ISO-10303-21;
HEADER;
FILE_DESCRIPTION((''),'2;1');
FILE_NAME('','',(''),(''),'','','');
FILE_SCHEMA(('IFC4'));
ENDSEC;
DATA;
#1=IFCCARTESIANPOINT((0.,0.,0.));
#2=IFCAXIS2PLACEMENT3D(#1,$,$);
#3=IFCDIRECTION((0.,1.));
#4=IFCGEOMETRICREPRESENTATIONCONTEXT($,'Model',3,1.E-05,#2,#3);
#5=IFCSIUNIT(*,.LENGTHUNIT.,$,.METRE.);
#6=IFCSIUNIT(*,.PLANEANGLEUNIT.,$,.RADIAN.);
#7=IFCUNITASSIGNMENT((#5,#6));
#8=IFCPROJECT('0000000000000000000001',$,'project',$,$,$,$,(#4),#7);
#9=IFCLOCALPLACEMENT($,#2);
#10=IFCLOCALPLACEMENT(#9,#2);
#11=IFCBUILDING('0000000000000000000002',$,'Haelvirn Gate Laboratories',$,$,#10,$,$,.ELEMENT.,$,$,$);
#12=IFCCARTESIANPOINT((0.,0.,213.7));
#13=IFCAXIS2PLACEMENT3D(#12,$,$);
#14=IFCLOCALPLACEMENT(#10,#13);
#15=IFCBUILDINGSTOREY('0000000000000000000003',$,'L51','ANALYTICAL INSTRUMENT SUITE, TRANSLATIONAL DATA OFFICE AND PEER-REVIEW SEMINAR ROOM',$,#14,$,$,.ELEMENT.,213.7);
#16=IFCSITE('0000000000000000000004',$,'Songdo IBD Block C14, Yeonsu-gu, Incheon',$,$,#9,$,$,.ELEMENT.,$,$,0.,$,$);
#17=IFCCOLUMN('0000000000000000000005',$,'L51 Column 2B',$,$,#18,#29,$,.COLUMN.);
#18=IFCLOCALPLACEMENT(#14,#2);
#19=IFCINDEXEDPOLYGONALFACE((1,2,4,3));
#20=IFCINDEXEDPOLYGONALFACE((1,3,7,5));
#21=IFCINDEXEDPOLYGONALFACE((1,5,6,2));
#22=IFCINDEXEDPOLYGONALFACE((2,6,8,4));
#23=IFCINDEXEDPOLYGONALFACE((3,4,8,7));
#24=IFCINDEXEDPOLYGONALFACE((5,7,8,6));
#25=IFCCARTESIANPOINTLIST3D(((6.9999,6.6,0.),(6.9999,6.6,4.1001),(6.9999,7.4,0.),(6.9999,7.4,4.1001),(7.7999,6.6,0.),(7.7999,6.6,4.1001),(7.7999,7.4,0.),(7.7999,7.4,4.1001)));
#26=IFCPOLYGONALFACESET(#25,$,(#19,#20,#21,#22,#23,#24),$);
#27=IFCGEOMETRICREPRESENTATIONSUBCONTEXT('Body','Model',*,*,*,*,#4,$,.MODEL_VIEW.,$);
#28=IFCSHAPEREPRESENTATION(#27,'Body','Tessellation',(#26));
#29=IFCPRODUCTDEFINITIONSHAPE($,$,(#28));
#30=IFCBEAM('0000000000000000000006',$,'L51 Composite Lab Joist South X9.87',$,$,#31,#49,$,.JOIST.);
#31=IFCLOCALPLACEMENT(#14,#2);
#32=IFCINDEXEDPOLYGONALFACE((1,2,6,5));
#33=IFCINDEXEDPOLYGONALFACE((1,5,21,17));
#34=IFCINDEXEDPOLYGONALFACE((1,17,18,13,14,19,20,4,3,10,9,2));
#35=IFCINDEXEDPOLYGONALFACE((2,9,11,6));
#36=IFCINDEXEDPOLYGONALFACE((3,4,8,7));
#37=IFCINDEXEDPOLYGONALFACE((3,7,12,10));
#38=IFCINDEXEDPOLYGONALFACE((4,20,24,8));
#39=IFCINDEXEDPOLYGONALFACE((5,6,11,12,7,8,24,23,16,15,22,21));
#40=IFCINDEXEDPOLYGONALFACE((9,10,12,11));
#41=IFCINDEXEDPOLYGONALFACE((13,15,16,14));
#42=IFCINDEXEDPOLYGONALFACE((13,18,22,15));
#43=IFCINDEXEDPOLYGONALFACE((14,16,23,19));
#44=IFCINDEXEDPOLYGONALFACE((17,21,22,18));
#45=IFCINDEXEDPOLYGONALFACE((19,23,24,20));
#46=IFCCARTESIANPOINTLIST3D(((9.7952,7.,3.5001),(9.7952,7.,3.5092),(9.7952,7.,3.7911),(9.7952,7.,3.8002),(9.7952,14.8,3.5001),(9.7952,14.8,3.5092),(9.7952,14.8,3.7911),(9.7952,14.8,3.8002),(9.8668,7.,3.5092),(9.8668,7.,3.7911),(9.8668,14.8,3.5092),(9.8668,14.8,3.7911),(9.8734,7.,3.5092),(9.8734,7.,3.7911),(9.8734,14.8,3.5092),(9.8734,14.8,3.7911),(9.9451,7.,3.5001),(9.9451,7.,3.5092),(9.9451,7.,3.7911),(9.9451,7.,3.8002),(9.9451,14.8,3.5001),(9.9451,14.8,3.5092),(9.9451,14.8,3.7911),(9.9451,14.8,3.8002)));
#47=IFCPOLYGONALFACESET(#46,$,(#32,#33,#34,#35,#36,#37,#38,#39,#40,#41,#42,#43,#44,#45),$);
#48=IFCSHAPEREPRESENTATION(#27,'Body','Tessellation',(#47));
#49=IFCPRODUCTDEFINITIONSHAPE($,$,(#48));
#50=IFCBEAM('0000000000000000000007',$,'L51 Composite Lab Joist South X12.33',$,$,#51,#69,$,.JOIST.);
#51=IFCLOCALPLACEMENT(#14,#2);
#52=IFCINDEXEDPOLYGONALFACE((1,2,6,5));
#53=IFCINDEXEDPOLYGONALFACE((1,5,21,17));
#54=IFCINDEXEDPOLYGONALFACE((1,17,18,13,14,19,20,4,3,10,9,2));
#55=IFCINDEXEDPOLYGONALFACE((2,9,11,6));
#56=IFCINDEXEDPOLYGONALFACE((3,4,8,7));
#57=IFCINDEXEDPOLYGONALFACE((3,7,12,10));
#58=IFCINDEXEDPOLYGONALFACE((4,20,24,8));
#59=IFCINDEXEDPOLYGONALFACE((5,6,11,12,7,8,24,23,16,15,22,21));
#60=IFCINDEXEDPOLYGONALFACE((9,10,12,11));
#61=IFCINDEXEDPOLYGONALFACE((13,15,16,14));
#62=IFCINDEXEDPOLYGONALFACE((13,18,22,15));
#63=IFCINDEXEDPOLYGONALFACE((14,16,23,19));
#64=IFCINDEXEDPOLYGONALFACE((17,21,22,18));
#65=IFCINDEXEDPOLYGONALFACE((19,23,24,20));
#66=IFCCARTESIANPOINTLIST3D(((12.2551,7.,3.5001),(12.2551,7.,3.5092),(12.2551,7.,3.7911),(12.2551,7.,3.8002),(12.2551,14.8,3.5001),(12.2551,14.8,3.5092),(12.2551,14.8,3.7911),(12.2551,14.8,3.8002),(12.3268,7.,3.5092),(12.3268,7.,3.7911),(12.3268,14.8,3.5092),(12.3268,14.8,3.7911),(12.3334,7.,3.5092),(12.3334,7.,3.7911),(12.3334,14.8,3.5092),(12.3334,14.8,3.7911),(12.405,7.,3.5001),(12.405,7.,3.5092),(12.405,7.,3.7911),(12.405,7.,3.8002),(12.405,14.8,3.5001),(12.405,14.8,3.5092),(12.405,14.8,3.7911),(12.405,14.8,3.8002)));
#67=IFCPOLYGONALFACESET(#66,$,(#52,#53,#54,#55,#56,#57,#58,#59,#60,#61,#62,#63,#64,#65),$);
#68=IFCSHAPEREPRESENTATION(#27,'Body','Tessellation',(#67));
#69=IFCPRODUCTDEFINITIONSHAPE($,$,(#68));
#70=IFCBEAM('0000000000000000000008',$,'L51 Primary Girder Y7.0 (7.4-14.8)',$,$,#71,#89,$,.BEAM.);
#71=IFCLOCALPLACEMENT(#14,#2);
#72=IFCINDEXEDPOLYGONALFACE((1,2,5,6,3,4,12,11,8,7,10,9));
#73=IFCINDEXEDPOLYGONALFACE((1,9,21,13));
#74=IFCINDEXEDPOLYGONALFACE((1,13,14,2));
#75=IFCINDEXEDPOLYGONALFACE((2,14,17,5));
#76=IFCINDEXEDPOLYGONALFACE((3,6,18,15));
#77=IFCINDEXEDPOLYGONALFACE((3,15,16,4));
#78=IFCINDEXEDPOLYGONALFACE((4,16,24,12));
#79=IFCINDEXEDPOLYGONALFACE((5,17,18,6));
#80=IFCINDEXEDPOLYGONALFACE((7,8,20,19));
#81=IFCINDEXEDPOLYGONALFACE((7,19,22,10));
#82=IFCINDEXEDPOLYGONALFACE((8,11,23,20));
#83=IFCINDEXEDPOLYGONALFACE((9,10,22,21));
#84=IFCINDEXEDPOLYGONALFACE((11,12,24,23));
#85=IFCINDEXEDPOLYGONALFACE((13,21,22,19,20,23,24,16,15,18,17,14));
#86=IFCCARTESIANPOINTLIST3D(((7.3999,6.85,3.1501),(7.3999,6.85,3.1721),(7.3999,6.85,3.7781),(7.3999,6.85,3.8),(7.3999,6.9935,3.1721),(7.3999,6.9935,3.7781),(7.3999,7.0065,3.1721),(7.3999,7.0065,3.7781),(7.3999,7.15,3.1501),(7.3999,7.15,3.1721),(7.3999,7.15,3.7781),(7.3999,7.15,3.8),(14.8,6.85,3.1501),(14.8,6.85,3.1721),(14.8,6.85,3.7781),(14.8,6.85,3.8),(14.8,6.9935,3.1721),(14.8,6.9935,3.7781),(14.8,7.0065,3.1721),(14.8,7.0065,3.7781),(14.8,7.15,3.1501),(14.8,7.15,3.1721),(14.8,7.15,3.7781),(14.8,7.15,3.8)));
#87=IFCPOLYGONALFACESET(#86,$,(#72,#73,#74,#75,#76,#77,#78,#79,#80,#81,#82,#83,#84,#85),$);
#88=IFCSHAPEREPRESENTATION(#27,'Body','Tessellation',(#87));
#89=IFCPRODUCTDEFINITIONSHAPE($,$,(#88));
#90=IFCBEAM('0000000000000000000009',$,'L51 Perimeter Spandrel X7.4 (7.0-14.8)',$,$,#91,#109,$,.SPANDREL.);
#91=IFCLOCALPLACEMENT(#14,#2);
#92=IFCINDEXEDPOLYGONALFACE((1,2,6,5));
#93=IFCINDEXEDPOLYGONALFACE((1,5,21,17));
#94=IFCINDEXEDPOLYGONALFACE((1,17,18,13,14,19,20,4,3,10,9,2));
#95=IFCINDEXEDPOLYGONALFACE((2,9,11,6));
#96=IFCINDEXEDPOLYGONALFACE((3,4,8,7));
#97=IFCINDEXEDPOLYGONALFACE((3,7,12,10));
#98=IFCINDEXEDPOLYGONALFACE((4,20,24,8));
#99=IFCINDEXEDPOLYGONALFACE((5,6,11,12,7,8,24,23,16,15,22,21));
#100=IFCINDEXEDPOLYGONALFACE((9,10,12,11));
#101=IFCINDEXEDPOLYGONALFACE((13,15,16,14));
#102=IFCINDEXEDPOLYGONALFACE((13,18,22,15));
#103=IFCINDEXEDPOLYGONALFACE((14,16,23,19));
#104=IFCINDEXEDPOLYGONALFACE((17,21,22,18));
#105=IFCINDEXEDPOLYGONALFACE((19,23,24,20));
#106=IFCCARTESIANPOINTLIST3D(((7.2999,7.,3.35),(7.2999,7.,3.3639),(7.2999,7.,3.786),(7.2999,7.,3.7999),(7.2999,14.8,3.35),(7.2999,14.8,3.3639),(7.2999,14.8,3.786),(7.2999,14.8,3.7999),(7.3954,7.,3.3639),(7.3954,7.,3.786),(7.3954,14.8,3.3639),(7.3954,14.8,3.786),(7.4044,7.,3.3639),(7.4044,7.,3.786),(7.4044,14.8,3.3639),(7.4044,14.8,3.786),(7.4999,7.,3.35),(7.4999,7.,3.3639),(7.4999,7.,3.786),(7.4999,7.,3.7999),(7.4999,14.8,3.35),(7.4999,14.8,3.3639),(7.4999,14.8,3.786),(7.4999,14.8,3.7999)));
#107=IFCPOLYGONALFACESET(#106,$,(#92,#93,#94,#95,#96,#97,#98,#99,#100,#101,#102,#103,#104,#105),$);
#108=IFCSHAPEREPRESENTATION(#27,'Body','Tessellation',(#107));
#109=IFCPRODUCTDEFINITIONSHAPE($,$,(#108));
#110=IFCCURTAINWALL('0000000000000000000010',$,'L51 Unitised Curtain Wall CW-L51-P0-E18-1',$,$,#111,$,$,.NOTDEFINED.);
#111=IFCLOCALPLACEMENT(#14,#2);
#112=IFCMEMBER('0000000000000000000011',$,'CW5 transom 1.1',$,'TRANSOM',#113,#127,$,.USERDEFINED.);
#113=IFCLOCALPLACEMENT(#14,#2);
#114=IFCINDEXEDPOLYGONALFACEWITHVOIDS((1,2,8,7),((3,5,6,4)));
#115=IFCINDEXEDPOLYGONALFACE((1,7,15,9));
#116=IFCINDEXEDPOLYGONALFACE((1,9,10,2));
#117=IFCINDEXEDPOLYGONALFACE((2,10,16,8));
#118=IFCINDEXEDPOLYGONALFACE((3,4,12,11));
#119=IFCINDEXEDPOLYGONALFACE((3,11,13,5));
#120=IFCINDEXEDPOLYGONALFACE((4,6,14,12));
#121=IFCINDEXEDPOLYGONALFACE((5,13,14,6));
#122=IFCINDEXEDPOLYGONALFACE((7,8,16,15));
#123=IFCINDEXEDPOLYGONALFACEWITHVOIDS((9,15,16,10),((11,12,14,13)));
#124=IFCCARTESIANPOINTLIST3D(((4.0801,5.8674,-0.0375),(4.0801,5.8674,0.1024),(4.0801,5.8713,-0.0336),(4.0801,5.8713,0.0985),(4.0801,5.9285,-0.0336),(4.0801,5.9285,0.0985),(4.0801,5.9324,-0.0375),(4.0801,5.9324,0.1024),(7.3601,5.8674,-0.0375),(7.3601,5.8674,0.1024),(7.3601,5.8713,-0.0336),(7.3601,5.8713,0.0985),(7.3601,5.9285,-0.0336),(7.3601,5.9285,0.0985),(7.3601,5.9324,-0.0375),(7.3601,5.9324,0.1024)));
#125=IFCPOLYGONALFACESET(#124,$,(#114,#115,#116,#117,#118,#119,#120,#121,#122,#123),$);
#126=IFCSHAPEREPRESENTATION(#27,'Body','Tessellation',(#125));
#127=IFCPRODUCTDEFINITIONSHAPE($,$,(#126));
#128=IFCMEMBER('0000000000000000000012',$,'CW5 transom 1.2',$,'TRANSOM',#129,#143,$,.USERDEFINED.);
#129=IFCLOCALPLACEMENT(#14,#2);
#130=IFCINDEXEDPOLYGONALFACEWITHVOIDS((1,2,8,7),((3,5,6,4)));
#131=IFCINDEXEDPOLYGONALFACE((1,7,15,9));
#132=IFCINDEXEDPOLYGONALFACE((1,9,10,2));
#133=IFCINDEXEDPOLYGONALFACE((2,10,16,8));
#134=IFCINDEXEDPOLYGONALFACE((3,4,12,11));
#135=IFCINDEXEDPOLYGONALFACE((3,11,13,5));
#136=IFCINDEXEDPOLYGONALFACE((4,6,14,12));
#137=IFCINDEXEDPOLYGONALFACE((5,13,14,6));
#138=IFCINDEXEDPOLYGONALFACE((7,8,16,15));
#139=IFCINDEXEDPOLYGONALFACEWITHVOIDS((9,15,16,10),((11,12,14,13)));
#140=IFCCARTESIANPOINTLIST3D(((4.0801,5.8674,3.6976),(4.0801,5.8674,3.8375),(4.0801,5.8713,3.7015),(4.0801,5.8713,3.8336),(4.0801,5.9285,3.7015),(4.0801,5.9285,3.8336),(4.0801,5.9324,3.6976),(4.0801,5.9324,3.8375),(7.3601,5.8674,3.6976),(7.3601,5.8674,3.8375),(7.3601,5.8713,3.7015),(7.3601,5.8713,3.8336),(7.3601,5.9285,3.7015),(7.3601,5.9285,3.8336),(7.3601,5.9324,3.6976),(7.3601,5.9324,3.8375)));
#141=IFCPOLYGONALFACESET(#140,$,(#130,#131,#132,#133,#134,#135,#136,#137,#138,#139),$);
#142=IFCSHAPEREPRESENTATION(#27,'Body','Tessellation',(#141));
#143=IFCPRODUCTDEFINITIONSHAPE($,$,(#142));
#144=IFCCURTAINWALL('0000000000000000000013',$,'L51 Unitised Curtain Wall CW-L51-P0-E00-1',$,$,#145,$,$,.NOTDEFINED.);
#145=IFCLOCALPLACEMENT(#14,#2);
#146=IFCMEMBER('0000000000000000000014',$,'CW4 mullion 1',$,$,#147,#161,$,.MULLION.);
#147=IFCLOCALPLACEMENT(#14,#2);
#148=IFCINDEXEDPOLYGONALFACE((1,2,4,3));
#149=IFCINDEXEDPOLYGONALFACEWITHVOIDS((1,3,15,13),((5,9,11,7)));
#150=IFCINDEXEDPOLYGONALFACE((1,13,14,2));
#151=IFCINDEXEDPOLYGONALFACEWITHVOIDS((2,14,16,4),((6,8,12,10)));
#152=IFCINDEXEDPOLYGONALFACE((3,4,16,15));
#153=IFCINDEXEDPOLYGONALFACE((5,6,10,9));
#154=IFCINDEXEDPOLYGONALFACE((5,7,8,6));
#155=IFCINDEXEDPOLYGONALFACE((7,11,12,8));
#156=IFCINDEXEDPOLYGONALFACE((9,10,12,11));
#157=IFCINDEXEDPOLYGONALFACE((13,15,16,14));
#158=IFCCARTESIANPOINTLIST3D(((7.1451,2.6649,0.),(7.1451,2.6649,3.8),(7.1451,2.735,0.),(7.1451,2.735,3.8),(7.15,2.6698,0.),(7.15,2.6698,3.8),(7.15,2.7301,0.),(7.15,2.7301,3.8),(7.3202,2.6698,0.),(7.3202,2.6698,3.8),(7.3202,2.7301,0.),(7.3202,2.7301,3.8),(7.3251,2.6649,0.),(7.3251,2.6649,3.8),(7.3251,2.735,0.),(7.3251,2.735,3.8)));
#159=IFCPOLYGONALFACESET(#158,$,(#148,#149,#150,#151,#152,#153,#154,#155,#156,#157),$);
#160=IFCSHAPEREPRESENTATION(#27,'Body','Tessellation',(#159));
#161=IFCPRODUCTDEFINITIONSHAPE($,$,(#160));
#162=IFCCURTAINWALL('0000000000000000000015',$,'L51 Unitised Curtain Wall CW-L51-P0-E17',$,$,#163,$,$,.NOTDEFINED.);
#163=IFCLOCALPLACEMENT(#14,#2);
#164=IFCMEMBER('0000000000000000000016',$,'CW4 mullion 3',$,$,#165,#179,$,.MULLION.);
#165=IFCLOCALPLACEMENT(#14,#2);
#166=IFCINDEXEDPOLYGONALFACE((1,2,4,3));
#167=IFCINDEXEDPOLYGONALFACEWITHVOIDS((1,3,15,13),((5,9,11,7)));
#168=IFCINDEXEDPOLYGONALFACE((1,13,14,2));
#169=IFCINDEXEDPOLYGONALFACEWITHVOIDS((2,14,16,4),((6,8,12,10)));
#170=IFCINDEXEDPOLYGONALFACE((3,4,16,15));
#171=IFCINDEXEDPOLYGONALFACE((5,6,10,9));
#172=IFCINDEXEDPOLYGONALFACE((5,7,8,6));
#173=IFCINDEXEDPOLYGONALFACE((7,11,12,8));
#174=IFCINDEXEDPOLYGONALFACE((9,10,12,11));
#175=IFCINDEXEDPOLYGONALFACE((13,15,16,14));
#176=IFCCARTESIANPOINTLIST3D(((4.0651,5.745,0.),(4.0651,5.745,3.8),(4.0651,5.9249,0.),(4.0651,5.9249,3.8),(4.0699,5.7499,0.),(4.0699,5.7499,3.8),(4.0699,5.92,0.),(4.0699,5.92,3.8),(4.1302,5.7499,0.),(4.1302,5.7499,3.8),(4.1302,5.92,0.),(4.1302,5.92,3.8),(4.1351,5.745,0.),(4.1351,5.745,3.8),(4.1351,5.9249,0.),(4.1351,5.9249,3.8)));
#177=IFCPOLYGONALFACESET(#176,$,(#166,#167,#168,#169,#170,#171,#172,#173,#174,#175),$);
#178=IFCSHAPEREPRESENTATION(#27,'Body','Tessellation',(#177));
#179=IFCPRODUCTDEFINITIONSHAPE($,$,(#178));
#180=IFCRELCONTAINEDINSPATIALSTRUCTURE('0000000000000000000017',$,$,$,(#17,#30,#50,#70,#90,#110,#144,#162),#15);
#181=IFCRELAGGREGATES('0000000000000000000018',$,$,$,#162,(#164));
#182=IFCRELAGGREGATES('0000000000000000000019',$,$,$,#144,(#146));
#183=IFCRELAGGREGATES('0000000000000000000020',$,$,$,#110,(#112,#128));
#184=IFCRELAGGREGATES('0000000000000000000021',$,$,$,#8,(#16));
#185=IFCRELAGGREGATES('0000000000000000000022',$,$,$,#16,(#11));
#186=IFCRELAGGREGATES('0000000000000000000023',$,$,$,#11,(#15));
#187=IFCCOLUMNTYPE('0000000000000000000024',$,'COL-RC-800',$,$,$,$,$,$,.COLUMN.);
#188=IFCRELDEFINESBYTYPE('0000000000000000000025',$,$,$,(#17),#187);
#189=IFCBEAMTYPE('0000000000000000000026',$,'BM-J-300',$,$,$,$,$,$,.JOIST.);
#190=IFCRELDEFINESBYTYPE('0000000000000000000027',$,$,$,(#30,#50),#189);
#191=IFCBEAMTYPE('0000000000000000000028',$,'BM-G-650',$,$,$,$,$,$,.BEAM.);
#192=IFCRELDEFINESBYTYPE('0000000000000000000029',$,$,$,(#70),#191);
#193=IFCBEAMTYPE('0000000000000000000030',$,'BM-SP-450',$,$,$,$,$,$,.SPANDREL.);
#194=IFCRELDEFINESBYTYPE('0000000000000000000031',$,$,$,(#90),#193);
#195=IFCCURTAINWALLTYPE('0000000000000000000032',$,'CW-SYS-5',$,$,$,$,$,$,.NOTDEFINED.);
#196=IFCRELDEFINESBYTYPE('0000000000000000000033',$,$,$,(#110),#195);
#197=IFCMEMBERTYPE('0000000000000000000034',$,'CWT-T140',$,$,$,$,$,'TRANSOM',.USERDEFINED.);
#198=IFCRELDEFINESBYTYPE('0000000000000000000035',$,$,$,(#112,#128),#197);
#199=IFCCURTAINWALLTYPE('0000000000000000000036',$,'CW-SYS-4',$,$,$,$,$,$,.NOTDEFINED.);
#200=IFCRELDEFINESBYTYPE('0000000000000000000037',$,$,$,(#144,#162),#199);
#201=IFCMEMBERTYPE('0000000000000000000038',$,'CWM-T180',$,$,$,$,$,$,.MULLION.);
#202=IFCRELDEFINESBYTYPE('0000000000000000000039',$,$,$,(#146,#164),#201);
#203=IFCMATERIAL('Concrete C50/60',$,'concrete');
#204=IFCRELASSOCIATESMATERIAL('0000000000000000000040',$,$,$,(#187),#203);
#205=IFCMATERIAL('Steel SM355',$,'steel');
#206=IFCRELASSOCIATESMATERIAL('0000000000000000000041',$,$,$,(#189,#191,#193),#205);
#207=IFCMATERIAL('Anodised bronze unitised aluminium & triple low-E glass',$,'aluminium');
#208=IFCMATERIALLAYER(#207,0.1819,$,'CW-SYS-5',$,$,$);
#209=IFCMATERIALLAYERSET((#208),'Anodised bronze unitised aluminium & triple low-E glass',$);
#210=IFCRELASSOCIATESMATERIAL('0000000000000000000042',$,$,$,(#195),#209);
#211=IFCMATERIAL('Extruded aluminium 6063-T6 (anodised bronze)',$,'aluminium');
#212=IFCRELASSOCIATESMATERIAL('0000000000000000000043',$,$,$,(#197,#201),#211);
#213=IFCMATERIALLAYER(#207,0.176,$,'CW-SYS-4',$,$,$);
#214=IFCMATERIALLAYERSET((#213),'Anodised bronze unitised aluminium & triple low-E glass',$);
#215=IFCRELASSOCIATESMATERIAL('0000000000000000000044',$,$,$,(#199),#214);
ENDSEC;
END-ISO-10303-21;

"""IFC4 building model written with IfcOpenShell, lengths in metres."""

from ifc_helpers import new_model, si_unit, direction, frame, origin, origin_2d, place, context, subcontext, project, spatial, rectangle, hollow_rectangle, i_section, extrude, source, transform, mapped, material, layer, layer_set, material_profile, profile_set, type_object, type_shapes, element, aggregate, save


model = new_model("IFC4")

# Units and contexts
model_context = context("Model", 3, precision=1e-05, world=origin(), true_north=direction((0.0, 1.0)))
body_context = subcontext(model_context, "Body", "Model", "MODEL_VIEW")
ifc_project = project(units=[si_unit("LENGTHUNIT", "METRE"), si_unit("PLANEANGLEUNIT", "RADIAN")], contexts=[model_context])

# Site, building, storey
site_placement = place(None, origin())
site = spatial("IfcSite", under=ifc_project, at=site_placement, Name="Songdo IBD Block C14, Yeonsu-gu, Incheon", CompositionType="ELEMENT", RefElevation=0.0)
building_placement = place(site_placement, origin())
building = spatial("IfcBuilding", under=site, at=building_placement, Name="Haelvirn Gate Laboratories", CompositionType="ELEMENT")
storey_placement = place(building_placement, frame((0.0, 0.0, 213.7)))
storey = spatial("IfcBuildingStorey", under=building, at=storey_placement, Name="L51", Description="ANALYTICAL INSTRUMENT SUITE, TRANSLATIONAL DATA OFFICE AND PEER-REVIEW SEMINAR ROOM", CompositionType="ELEMENT", Elevation=213.7)

# Column
ifc_material_1 = material(Name="Concrete C50/60", Category="concrete")
ifc_material_profile_1 = material_profile(ifc_material_1, rectangle(XDim=0.8, YDim=0.8, at=origin_2d()), Name="RC-800x800")
ifc_profile_set_1 = profile_set([ifc_material_profile_1], Name="Concrete C50/60")
column_type = type_object("IfcColumnType", Name="COL-RC-800", PredefinedType="COLUMN", material=ifc_profile_set_1)
shared_shape_1 = source(origin(), body_context, "Body", "SweptSolid", [
    extrude(rectangle(XDim=0.8, YDim=0.8, at=origin_2d()), origin(), (0.0, 0.0, 1.0), 4.1001),
])
type_shapes(column_type, [shared_shape_1])
column_placement = place(storey_placement, frame((7.3999, 7.0, 0.0), z_axis=(0.0, 0.0, 1.0), x_axis=(1.0, 0.0, 0.0)))
element("IfcColumn", 1, at=column_placement, inside=storey, type_object=column_type, Name="L51 Column 2B", PredefinedType="COLUMN", context=body_context, shape_type="MappedRepresentation", body=[
    mapped(shared_shape_1, transform((0.0, 0.0, 0.0), scale=1.0)),
])

# Beams
ifc_material_2 = material(Name="Steel SM355", Category="steel")
ifc_material_profile_2 = material_profile(ifc_material_2, i_section(OverallWidth=0.1499, OverallDepth=0.3, WebThickness=0.0066, FlangeThickness=0.009, at=origin_2d()), Name="H-300x150x6.5x9")
ifc_profile_set_2 = profile_set([ifc_material_profile_2], Name="Steel SM355")
beam_type_1 = type_object("IfcBeamType", Name="BM-J-300", PredefinedType="JOIST", material=ifc_profile_set_2)
shared_shape_2 = source(origin(), body_context, "Body", "SweptSolid", [
    extrude(i_section(OverallWidth=0.1499, OverallDepth=0.3, WebThickness=0.0066, FlangeThickness=0.009, at=origin_2d()), origin(), (0.0, 0.0, 1.0), 7.8),
])
type_shapes(beam_type_1, [shared_shape_2])
for number, where, z_axis, x_axis, name in (
    (2, (9.8701, 7.0, 3.6501), (0.0, 1.0, 0.0), (-1.0, 0.0, 0.0), "L51 Composite Lab Joist South X9.87"),
    (3, (12.3301, 7.0, 3.6501), (0.0, 1.0, 0.0), (-1.0, 0.0, 0.0), "L51 Composite Lab Joist South X12.33"),
):
    element("IfcBeam", number, at=place(storey_placement, frame(where, z_axis=z_axis, x_axis=x_axis)), inside=storey, type_object=beam_type_1, Name=name, PredefinedType="JOIST", context=body_context, shape_type="MappedRepresentation", body=[
        mapped(shared_shape_2, transform((0.0, 0.0, 0.0), scale=1.0)),
    ])
ifc_material_profile_3 = material_profile(ifc_material_2, i_section(OverallWidth=0.3, OverallDepth=0.6499, WebThickness=0.0129, FlangeThickness=0.022, at=origin_2d()), Name="H-650x300x13x22")
ifc_profile_set_3 = profile_set([ifc_material_profile_3], Name="Steel SM355")
beam_type_2 = type_object("IfcBeamType", Name="BM-G-650", PredefinedType="BEAM", material=ifc_profile_set_3)
shared_shape_3 = source(origin(), body_context, "Body", "SweptSolid", [
    extrude(i_section(OverallWidth=0.3, OverallDepth=0.6499, WebThickness=0.0129, FlangeThickness=0.022, at=origin_2d()), origin(), (0.0, 0.0, 1.0), 7.4001),
])
type_shapes(beam_type_2, [shared_shape_3])
beam_1_placement = place(storey_placement, frame((7.3999, 7.0, 3.4751), z_axis=(1.0, 0.0, 0.0), x_axis=(0.0, 1.0, 0.0)))
element("IfcBeam", 4, at=beam_1_placement, inside=storey, type_object=beam_type_2, Name="L51 Primary Girder Y7.0 (7.4-14.8)", PredefinedType="BEAM", context=body_context, shape_type="MappedRepresentation", body=[
    mapped(shared_shape_3, transform((0.0, 0.0, 0.0), scale=1.0)),
])
ifc_material_profile_4 = material_profile(ifc_material_2, i_section(OverallWidth=0.2, OverallDepth=0.45, WebThickness=0.009, FlangeThickness=0.0139, at=origin_2d()), Name="H-450x200x9x14")
ifc_profile_set_4 = profile_set([ifc_material_profile_4], Name="Steel SM355")
beam_type_3 = type_object("IfcBeamType", Name="BM-SP-450", PredefinedType="SPANDREL", material=ifc_profile_set_4)
shared_shape_4 = source(origin(), body_context, "Body", "SweptSolid", [
    extrude(i_section(OverallWidth=0.2, OverallDepth=0.45, WebThickness=0.009, FlangeThickness=0.0139, at=origin_2d()), origin(), (0.0, 0.0, 1.0), 7.8),
])
type_shapes(beam_type_3, [shared_shape_4])
beam_2_placement = place(storey_placement, frame((7.3999, 7.0, 3.575), z_axis=(0.0, 1.0, 0.0), x_axis=(-1.0, 0.0, 0.0)))
element("IfcBeam", 5, at=beam_2_placement, inside=storey, type_object=beam_type_3, Name="L51 Perimeter Spandrel X7.4 (7.0-14.8)", PredefinedType="SPANDREL", context=body_context, shape_type="MappedRepresentation", body=[
    mapped(shared_shape_4, transform((0.0, 0.0, 0.0), scale=1.0)),
])

# Curtain wall, members
ifc_material_3 = material(Name="Anodised bronze unitised aluminium & triple low-E glass", Category="aluminium")
ifc_layer_1 = layer(ifc_material_3, 0.1819, Name="CW-SYS-5")
ifc_layer_set_1 = layer_set([ifc_layer_1], Name="Anodised bronze unitised aluminium & triple low-E glass")
curtain_wall_type_1 = type_object("IfcCurtainWallType", Name="CW-SYS-5", PredefinedType="NOTDEFINED", material=ifc_layer_set_1)
curtain_wall_1_placement = place(storey_placement, origin())
curtain_wall_1 = element("IfcCurtainWall", 6, at=curtain_wall_1_placement, inside=storey, type_object=curtain_wall_type_1, Name="L51 Unitised Curtain Wall CW-L51-P0-E18-1", PredefinedType="NOTDEFINED")
ifc_material_4 = material(Name="Extruded aluminium 6063-T6 (anodised bronze)", Category="aluminium")
ifc_material_profile_5 = material_profile(ifc_material_4, hollow_rectangle(XDim=0.0649, YDim=0.1399, WallThickness=0.0039, at=origin_2d()), Name="CWT-140x65x4")
ifc_profile_set_5 = profile_set([ifc_material_profile_5], Name="Extruded aluminium 6063-T6 (anodised bronze)")
member_type_1 = type_object("IfcMemberType", Name="CWT-T140", ElementType="TRANSOM", PredefinedType="USERDEFINED", material=ifc_profile_set_5)
shared_shape_5 = source(origin(), body_context, "Body", "SweptSolid", [
    extrude(hollow_rectangle(XDim=0.0649, YDim=0.1399, WallThickness=0.0039, at=origin_2d()), origin(), (0.0, 0.0, 1.0), 3.28),
])
member_1_placement = place(storey_placement, frame((4.0801, 5.8999, 0.0325), z_axis=(1.0, 0.0, 0.0), x_axis=(0.0, 1.0, 0.0)))
member_1 = element("IfcMember", 7, at=member_1_placement, type_object=member_type_1, Name="CW5 transom 1.1", ObjectType="TRANSOM", PredefinedType="USERDEFINED", context=body_context, shape_type="MappedRepresentation", body=[
    mapped(shared_shape_5, transform((0.0, 0.0, 0.0), scale=1.0)),
])
member_2_placement = place(storey_placement, frame((4.0801, 5.8999, 3.7676), z_axis=(1.0, 0.0, 0.0), x_axis=(0.0, 1.0, 0.0)))
member_2 = element("IfcMember", 8, at=member_2_placement, type_object=member_type_1, Name="CW5 transom 1.2", ObjectType="TRANSOM", PredefinedType="USERDEFINED", context=body_context, shape_type="MappedRepresentation", body=[
    mapped(shared_shape_5, transform((0.0, 0.0, 0.0), scale=1.0)),
])

# Curtain walls, members
ifc_layer_2 = layer(ifc_material_3, 0.176, Name="CW-SYS-4")
ifc_layer_set_2 = layer_set([ifc_layer_2], Name="Anodised bronze unitised aluminium & triple low-E glass")
curtain_wall_type_2 = type_object("IfcCurtainWallType", Name="CW-SYS-4", PredefinedType="NOTDEFINED", material=ifc_layer_set_2)
curtain_wall_2_placement = place(storey_placement, origin())
curtain_wall_2 = element("IfcCurtainWall", 9, at=curtain_wall_2_placement, inside=storey, type_object=curtain_wall_type_2, Name="L51 Unitised Curtain Wall CW-L51-P0-E00-1", PredefinedType="NOTDEFINED")
ifc_material_profile_6 = material_profile(ifc_material_4, hollow_rectangle(XDim=0.0701, YDim=0.1799, WallThickness=0.0049, at=origin_2d()), Name="CWM-180x70x5")
ifc_profile_set_6 = profile_set([ifc_material_profile_6], Name="Extruded aluminium 6063-T6 (anodised bronze)")
member_type_2 = type_object("IfcMemberType", Name="CWM-T180", PredefinedType="MULLION", material=ifc_profile_set_6)
shared_shape_6 = source(origin(), body_context, "Body", "SweptSolid", [
    extrude(hollow_rectangle(XDim=0.0701, YDim=0.1799, WallThickness=0.0049, at=origin_2d()), origin(), (0.0, 0.0, 1.0), 3.8),
])
type_shapes(member_type_2, [shared_shape_6])
member_3_placement = place(storey_placement, frame((7.2351, 2.7, 0.0), z_axis=(0.0, 0.0, 1.0), x_axis=(0.0, 1.0, 0.0)))
member_3 = element("IfcMember", 10, at=member_3_placement, type_object=member_type_2, Name="CW4 mullion 1", PredefinedType="MULLION", context=body_context, shape_type="MappedRepresentation", body=[
    mapped(shared_shape_6, transform((0.0, 0.0, 0.0), scale=1.0)),
])
curtain_wall_3_placement = place(storey_placement, origin())
curtain_wall_3 = element("IfcCurtainWall", 11, at=curtain_wall_3_placement, inside=storey, type_object=curtain_wall_type_2, Name="L51 Unitised Curtain Wall CW-L51-P0-E17", PredefinedType="NOTDEFINED")
member_4_placement = place(storey_placement, frame((4.1001, 5.835, 0.0), z_axis=(0.0, 0.0, 1.0), x_axis=(1.0, 0.0, 0.0)))
member_4 = element("IfcMember", 12, at=member_4_placement, type_object=member_type_2, Name="CW4 mullion 3", PredefinedType="MULLION", context=body_context, shape_type="MappedRepresentation", body=[
    mapped(shared_shape_6, transform((0.0, 0.0, 0.0), scale=1.0)),
])
aggregate(curtain_wall_3, [member_4])

aggregate(curtain_wall_2, [member_3])
aggregate(curtain_wall_1, [member_1, member_2])

save(model, "model.ifc")
